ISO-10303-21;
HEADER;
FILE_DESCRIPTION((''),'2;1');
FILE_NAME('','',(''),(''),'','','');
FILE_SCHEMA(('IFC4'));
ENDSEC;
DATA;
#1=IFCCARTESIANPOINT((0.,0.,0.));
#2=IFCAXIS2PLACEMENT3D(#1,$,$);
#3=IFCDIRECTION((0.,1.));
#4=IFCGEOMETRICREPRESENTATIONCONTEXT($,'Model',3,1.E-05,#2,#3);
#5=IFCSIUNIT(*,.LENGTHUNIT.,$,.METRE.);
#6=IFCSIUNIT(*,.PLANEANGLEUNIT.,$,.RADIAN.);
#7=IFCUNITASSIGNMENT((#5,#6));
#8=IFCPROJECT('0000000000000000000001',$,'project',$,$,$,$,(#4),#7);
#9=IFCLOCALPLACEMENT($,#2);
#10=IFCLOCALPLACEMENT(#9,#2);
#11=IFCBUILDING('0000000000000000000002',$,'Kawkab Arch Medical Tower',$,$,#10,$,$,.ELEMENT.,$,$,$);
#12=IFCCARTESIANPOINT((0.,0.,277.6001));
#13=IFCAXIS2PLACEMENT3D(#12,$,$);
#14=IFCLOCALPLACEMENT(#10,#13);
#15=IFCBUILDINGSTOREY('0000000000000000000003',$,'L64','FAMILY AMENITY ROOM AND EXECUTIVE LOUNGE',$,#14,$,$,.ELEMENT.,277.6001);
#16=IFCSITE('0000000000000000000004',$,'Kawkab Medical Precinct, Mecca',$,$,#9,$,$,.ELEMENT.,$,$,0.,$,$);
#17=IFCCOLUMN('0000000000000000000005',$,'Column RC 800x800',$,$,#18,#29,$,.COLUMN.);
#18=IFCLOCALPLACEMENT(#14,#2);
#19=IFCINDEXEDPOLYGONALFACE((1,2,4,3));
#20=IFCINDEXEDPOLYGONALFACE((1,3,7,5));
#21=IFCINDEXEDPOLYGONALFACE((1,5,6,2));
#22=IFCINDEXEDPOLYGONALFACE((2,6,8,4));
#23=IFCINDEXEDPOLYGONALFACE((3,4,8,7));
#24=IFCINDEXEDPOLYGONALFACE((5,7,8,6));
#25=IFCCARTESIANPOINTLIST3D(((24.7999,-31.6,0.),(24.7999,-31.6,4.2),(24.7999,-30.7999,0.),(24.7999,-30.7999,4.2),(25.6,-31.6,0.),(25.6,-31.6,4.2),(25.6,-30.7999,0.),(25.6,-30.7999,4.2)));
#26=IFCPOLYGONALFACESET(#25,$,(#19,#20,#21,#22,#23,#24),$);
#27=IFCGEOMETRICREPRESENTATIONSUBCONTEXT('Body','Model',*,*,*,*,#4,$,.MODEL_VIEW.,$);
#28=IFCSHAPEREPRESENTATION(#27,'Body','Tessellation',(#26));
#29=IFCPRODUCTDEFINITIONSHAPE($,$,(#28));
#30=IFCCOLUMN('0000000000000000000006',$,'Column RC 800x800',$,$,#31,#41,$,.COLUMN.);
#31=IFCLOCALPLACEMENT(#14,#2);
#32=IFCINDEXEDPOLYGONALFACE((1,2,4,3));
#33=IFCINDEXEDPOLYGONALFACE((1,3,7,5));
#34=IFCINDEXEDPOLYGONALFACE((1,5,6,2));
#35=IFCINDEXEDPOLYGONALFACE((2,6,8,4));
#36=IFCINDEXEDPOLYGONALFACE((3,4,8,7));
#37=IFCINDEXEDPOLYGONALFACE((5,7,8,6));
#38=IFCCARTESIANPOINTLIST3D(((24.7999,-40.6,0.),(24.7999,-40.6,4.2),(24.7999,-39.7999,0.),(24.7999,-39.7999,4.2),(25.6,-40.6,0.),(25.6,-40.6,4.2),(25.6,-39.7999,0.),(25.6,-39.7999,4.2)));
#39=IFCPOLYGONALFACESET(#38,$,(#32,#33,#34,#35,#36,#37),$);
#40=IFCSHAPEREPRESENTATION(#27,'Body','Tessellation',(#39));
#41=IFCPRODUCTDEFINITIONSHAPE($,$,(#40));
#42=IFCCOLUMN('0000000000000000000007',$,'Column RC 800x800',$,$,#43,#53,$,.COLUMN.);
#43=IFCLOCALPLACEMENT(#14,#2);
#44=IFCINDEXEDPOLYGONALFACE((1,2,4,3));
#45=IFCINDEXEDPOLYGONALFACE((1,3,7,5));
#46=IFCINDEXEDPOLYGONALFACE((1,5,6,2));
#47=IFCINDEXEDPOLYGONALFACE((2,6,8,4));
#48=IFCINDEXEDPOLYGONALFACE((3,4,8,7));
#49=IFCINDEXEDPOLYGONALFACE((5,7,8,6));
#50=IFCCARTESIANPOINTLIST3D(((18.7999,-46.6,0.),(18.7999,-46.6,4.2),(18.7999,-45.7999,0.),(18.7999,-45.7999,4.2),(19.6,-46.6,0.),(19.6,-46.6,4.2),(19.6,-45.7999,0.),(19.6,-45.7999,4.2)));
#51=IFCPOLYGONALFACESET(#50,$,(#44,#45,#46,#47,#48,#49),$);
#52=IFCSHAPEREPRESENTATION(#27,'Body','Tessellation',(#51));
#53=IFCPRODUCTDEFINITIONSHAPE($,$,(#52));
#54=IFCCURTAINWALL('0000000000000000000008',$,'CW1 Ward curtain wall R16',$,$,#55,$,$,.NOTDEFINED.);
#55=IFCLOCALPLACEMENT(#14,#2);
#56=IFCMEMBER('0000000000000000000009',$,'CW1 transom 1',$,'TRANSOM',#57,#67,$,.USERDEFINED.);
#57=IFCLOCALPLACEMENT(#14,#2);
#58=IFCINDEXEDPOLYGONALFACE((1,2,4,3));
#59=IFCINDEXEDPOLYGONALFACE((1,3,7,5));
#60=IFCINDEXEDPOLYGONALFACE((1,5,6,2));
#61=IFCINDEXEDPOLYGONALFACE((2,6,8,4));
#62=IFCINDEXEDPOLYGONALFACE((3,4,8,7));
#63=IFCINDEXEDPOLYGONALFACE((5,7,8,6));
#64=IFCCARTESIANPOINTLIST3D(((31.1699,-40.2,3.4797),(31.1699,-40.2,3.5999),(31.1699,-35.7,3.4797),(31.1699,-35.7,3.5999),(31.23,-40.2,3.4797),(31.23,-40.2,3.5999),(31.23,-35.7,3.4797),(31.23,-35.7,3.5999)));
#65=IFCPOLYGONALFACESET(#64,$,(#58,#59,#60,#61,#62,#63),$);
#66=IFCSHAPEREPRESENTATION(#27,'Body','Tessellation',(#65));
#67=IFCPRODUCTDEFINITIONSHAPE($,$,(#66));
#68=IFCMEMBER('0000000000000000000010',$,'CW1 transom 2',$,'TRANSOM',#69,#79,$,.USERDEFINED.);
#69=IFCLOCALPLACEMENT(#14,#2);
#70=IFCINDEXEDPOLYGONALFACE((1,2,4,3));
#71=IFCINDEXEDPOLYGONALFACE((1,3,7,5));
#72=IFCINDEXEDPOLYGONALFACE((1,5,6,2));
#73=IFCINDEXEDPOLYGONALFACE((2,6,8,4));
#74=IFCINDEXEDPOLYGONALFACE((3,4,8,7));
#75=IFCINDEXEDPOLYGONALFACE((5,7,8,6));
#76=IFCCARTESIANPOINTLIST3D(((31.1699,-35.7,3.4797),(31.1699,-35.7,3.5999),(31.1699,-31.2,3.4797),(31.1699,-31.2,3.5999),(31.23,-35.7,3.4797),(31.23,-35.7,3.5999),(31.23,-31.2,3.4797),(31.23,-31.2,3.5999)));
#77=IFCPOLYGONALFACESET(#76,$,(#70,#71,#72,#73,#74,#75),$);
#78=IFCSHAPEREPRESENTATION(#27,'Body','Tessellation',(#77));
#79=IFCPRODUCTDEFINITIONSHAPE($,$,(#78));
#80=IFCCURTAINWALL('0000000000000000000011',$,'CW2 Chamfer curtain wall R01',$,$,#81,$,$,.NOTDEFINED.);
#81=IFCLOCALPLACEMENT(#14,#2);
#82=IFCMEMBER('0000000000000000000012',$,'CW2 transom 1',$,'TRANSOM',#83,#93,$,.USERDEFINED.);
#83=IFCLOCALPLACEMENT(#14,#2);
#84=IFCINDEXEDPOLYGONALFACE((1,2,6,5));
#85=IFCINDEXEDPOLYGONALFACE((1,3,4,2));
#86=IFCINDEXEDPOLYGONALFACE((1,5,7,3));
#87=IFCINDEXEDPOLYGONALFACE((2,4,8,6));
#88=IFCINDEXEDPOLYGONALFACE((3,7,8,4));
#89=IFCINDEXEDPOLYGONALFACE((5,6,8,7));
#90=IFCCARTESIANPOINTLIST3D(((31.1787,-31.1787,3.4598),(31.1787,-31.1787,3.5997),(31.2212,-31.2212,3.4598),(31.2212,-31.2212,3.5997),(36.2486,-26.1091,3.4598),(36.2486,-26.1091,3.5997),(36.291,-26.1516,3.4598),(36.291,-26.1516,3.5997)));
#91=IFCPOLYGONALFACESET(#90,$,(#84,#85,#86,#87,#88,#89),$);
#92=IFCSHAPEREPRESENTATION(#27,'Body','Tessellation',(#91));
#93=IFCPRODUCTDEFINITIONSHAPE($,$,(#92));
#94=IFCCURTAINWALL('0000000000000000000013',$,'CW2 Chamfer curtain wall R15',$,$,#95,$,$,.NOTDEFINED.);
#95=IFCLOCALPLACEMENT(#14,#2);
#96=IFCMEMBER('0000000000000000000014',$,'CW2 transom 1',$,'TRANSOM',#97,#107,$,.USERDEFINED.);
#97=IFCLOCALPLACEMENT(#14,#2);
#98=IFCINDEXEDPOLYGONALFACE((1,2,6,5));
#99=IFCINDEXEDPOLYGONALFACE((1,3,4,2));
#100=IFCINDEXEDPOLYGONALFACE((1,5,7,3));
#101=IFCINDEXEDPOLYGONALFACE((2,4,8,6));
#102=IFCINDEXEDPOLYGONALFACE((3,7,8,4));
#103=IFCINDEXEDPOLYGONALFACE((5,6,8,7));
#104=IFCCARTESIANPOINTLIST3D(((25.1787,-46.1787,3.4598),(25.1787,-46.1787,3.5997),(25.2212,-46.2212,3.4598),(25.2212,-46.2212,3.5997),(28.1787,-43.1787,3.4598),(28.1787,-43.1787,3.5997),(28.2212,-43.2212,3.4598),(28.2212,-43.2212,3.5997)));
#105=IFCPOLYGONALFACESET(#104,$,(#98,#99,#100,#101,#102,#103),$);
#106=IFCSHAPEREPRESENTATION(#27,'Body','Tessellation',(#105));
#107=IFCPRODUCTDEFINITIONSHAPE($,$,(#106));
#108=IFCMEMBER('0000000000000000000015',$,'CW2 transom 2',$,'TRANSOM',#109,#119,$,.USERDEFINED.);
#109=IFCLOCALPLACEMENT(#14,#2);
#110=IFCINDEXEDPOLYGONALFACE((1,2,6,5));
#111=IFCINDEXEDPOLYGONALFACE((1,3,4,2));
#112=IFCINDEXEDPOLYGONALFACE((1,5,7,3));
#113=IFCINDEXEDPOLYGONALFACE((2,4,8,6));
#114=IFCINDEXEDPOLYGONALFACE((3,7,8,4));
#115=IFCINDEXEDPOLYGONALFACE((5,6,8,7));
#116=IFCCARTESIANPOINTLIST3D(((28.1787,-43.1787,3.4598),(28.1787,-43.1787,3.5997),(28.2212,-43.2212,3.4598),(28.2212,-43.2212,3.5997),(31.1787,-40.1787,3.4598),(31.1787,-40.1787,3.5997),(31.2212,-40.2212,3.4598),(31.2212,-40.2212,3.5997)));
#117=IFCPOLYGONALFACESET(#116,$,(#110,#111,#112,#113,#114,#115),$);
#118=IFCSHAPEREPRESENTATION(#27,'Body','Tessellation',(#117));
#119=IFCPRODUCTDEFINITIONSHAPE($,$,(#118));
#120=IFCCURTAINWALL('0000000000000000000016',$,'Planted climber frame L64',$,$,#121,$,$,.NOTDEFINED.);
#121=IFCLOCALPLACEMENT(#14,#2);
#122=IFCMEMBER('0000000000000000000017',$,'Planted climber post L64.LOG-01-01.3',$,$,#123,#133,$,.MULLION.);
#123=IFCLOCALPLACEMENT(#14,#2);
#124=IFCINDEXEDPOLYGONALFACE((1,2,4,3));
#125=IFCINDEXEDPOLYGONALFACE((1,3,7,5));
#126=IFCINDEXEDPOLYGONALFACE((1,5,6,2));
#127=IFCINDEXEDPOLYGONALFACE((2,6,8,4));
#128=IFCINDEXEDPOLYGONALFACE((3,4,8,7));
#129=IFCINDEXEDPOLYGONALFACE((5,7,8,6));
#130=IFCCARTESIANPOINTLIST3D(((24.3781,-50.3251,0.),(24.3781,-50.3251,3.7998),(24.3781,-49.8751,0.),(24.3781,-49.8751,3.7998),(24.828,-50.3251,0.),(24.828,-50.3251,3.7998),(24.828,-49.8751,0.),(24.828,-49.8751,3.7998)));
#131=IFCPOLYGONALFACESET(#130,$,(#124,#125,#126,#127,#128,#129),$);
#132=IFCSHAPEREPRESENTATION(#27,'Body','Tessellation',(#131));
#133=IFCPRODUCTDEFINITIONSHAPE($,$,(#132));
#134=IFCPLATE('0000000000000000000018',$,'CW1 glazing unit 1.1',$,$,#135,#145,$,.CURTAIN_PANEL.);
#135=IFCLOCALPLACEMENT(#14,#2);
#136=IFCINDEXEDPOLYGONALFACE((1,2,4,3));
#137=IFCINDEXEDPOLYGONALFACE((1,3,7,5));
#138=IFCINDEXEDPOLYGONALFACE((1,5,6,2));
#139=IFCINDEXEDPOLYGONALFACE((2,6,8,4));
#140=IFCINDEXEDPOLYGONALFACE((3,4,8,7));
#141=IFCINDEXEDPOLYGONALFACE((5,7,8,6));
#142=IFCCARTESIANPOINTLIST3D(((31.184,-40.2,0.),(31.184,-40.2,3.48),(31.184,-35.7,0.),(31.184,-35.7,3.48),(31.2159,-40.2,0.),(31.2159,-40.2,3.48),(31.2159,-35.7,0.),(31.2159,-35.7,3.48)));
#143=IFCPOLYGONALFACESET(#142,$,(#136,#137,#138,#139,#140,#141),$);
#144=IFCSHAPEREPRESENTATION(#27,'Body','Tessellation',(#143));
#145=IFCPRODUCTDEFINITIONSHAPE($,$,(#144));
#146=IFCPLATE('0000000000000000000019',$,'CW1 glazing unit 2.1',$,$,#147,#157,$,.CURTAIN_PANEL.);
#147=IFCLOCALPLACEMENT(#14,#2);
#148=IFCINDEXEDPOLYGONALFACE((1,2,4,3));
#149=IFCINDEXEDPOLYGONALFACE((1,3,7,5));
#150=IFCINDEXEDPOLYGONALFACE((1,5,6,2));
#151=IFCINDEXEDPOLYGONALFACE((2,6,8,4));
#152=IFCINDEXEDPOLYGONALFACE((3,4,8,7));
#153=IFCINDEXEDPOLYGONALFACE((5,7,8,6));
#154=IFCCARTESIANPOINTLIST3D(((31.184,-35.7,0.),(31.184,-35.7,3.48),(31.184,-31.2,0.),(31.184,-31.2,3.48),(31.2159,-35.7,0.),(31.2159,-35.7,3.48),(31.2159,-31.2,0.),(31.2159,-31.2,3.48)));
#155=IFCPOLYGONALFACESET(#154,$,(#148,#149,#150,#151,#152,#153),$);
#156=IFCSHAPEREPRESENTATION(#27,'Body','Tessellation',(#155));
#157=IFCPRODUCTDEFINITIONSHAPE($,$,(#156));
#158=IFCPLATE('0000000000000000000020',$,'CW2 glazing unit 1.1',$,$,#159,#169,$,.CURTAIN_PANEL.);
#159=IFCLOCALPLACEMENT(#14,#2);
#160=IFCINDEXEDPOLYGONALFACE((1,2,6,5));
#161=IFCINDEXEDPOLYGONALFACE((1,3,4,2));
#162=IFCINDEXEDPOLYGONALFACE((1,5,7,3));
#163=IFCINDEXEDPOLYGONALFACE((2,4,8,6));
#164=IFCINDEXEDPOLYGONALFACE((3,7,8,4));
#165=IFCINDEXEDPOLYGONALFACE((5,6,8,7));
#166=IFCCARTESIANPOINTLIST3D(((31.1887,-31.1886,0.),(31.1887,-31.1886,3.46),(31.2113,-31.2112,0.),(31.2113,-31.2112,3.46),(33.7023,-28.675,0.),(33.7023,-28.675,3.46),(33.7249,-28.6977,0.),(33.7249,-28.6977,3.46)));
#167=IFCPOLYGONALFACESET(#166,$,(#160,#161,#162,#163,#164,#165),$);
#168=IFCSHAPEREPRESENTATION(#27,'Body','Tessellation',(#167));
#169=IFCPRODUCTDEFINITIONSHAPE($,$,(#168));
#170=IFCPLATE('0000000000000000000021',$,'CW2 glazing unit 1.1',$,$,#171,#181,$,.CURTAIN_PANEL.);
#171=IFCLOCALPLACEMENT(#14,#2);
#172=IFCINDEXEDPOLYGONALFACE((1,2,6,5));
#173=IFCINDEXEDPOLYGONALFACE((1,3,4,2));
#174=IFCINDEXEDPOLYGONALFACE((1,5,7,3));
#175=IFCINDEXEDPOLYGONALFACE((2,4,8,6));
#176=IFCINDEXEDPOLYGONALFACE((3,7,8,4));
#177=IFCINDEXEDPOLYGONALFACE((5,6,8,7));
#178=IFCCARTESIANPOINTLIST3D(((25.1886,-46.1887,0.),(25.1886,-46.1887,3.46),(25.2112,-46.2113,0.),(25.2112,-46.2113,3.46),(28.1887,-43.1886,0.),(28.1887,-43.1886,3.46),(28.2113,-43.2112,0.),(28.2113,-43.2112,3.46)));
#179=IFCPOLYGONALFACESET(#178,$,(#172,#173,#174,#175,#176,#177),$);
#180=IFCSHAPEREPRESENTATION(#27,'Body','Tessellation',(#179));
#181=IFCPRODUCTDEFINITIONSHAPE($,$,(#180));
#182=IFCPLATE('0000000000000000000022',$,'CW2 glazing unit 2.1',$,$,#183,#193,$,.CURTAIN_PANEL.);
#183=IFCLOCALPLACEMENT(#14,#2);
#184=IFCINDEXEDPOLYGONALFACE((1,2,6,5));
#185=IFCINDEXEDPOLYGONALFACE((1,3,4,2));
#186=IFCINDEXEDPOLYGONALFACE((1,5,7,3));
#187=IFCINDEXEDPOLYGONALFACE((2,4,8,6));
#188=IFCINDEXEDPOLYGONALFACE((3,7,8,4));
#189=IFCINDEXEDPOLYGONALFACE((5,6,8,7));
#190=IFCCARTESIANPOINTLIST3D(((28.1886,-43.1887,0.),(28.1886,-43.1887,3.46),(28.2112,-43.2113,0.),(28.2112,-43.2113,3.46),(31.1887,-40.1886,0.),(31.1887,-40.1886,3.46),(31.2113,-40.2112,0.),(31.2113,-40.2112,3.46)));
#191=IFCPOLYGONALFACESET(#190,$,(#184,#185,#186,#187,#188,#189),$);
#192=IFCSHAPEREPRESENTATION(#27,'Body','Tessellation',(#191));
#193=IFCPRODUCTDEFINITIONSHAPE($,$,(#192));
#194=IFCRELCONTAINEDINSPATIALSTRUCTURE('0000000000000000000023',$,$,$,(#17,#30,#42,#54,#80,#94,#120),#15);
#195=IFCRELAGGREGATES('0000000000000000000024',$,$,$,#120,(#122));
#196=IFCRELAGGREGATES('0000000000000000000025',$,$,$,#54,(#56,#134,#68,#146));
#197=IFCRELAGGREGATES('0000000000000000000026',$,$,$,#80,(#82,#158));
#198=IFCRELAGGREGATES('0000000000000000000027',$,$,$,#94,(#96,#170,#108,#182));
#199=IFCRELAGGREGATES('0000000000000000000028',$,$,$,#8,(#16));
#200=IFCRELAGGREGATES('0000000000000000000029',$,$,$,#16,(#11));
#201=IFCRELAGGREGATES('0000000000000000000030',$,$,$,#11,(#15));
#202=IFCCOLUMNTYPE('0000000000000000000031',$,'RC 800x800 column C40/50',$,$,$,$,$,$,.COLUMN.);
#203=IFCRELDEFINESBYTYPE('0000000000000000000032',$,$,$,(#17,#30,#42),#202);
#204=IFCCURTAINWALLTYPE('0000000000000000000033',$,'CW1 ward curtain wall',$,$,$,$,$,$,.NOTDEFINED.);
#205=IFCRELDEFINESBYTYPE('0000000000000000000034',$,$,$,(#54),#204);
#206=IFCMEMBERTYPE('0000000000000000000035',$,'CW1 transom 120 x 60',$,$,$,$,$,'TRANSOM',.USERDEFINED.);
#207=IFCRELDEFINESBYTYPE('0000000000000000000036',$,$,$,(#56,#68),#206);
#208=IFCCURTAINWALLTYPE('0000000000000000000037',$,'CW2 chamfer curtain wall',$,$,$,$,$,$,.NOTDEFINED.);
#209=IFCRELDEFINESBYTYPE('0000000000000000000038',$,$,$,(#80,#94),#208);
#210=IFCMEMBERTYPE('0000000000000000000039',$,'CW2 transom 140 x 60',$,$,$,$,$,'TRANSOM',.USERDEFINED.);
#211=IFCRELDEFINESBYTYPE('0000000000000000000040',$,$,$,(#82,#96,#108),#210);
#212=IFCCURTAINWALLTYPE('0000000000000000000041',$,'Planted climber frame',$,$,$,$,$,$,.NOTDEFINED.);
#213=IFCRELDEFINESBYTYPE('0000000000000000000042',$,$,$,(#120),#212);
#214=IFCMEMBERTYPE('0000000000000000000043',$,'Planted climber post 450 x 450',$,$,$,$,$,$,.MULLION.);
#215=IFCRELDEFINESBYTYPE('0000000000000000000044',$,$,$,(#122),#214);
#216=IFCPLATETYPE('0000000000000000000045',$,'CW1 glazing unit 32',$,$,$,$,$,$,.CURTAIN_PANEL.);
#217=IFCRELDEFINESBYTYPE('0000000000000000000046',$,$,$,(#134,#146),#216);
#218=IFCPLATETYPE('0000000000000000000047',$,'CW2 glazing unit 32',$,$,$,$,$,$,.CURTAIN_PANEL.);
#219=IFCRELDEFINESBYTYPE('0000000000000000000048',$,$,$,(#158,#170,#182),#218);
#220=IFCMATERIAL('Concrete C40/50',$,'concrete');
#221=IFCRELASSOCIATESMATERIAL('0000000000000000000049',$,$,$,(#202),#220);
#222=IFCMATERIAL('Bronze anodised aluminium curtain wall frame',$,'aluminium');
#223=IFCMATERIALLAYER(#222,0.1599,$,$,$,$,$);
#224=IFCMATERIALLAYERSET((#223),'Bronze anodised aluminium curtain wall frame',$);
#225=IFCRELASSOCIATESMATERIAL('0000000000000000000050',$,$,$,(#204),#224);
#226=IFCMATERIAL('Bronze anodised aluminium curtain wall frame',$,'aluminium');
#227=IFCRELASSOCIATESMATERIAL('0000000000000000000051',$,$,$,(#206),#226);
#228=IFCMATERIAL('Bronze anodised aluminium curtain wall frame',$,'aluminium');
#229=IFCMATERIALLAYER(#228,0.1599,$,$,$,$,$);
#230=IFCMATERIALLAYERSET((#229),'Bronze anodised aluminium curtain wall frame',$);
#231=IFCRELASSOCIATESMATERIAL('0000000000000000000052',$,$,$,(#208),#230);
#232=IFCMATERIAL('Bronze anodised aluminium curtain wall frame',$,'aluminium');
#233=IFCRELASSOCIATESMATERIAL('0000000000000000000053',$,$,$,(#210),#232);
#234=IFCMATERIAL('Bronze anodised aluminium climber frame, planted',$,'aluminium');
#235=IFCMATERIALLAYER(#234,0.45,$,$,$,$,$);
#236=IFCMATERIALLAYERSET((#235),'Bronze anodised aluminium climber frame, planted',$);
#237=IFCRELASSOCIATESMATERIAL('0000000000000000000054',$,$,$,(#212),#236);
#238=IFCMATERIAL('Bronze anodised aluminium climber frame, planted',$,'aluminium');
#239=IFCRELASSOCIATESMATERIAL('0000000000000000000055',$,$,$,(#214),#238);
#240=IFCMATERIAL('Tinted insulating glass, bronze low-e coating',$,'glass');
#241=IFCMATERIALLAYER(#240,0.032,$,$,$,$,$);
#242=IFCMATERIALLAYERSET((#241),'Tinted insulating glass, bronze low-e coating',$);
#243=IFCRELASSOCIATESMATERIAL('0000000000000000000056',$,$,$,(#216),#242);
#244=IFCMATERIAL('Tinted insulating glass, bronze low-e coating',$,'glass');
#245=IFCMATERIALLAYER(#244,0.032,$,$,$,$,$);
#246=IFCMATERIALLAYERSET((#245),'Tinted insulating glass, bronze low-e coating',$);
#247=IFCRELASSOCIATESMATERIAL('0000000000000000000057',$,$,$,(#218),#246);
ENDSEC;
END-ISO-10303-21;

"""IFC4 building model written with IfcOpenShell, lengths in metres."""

from ifc_helpers import new_model, si_unit, direction, frame, origin, origin_2d, place, context, subcontext, project, spatial, rectangle, extrude, material, layer, layer_set, material_profile, profile_set, type_object, element, aggregate, save


model = new_model("IFC4")

# Units and contexts
model_context = context("Model", 3, precision=1e-05, world=origin(), true_north=direction((0.0, 1.0)))
body_context = subcontext(model_context, "Body", "Model", "MODEL_VIEW")
ifc_project = project(units=[si_unit("LENGTHUNIT", "METRE"), si_unit("PLANEANGLEUNIT", "RADIAN")], contexts=[model_context])

# Site, building, storey
site_placement = place(None, origin())
site = spatial("IfcSite", under=ifc_project, at=site_placement, Name="Kawkab Medical Precinct, Mecca", CompositionType="ELEMENT", RefElevation=0.0)
building_placement = place(site_placement, origin())
building = spatial("IfcBuilding", under=site, at=building_placement, Name="Kawkab Arch Medical Tower", CompositionType="ELEMENT")
storey_placement = place(building_placement, frame((0.0, 0.0, 277.6001)))
storey = spatial("IfcBuildingStorey", under=building, at=storey_placement, Name="L64", Description="FAMILY AMENITY ROOM AND EXECUTIVE LOUNGE", CompositionType="ELEMENT", Elevation=277.6001)

# Columns
ifc_material_1 = material(Name="Concrete C40/50", Category="concrete")
ifc_material_profile_1 = material_profile(ifc_material_1, rectangle(XDim=0.8, YDim=0.8, at=origin_2d()), Name="RC 800x800")
ifc_profile_set_1 = profile_set([ifc_material_profile_1], Name="Concrete C40/50")
column_type = type_object("IfcColumnType", Name="RC 800x800 column C40/50", PredefinedType="COLUMN", material=ifc_profile_set_1)
for number, where, z_axis, x_axis, name in (
    (1, (25.2, -31.2, 0.0), (0.0, 0.0, 1.0), (1.0, 0.0, 0.0), "Column RC 800x800"),
    (2, (25.2, -40.2, 0.0), (0.0, 0.0, 1.0), (1.0, 0.0, 0.0), "Column RC 800x800"),
    (3, (19.2, -46.2, 0.0), (0.0, 0.0, 1.0), (1.0, 0.0, 0.0), "Column RC 800x800"),
):
    element("IfcColumn", number, at=place(storey_placement, frame(where, z_axis=z_axis, x_axis=x_axis)), inside=storey, type_object=column_type, Name=name, PredefinedType="COLUMN", context=body_context, shape_type="SweptSolid", body=[
        extrude(rectangle(XDim=0.8, YDim=0.8, at=origin_2d()), origin(), (0.0, 0.0, 1.0), 4.2),
    ])

# Curtain wall, members
ifc_material_2 = material(Name="Bronze anodised aluminium curtain wall frame", Category="aluminium")
ifc_layer_1 = layer(ifc_material_2, 0.1599)
ifc_layer_set_1 = layer_set([ifc_layer_1], Name="Bronze anodised aluminium curtain wall frame")
curtain_wall_type_1 = type_object("IfcCurtainWallType", Name="CW1 ward curtain wall", PredefinedType="NOTDEFINED", material=ifc_layer_set_1)
placement = place(storey_placement, origin())
curtain_wall_1 = element("IfcCurtainWall", 4, at=placement, inside=storey, type_object=curtain_wall_type_1, Name="CW1 Ward curtain wall R16", PredefinedType="NOTDEFINED")
ifc_material_3 = material(Name="Bronze anodised aluminium curtain wall frame", Category="aluminium")
ifc_material_profile_2 = material_profile(ifc_material_3, rectangle(XDim=0.0601, YDim=0.1201, at=origin_2d()), Name="AL 60x120")
ifc_profile_set_2 = profile_set([ifc_material_profile_2], Name="Bronze anodised aluminium curtain wall frame")
member_type_1 = type_object("IfcMemberType", Name="CW1 transom 120 x 60", ElementType="TRANSOM", PredefinedType="USERDEFINED", material=ifc_profile_set_2)
member_1_placement = place(storey_placement, frame((31.2, -40.2, 3.5398), z_axis=(0.0, 1.0, 0.0), x_axis=(-1.0, 0.0, 0.0)))
member_1 = element("IfcMember", 5, at=member_1_placement, type_object=member_type_1, Name="CW1 transom 1", ObjectType="TRANSOM", PredefinedType="USERDEFINED", context=body_context, shape_type="SweptSolid", body=[
    extrude(rectangle(XDim=0.0601, YDim=0.1201, at=origin_2d()), origin(), (0.0, 0.0, 1.0), 4.5),
])
member_2_placement = place(storey_placement, frame((31.2, -35.7, 3.5398), z_axis=(0.0, 1.0, 0.0), x_axis=(-1.0, 0.0, 0.0)))
member_2 = element("IfcMember", 6, at=member_2_placement, type_object=member_type_1, Name="CW1 transom 2", ObjectType="TRANSOM", PredefinedType="USERDEFINED", context=body_context, shape_type="SweptSolid", body=[
    extrude(rectangle(XDim=0.0601, YDim=0.1201, at=origin_2d()), origin(), (0.0, 0.0, 1.0), 4.5),
])

# Curtain wall, member
ifc_material_4 = material(Name="Bronze anodised aluminium curtain wall frame", Category="aluminium")
ifc_layer_2 = layer(ifc_material_4, 0.1599)
ifc_layer_set_2 = layer_set([ifc_layer_2], Name="Bronze anodised aluminium curtain wall frame")
curtain_wall_type_2 = type_object("IfcCurtainWallType", Name="CW2 chamfer curtain wall", PredefinedType="NOTDEFINED", material=ifc_layer_set_2)
curtain_wall_2 = element("IfcCurtainWall", 7, at=placement, inside=storey, type_object=curtain_wall_type_2, Name="CW2 Chamfer curtain wall R01", PredefinedType="NOTDEFINED")
ifc_material_5 = material(Name="Bronze anodised aluminium curtain wall frame", Category="aluminium")
ifc_material_profile_3 = material_profile(ifc_material_5, rectangle(XDim=0.0601, YDim=0.1399, at=origin_2d()), Name="AL 60x140")
ifc_profile_set_3 = profile_set([ifc_material_profile_3], Name="Bronze anodised aluminium curtain wall frame")
member_type_2 = type_object("IfcMemberType", Name="CW2 transom 140 x 60", ElementType="TRANSOM", PredefinedType="USERDEFINED", material=ifc_profile_set_3)
member_3_placement = place(storey_placement, frame((31.2, -31.2, 3.5298), z_axis=(0.707124, 0.70709, 0.0), x_axis=(-0.70709, 0.707124, 0.0)))
member_3 = element("IfcMember", 8, at=member_3_placement, type_object=member_type_2, Name="CW2 transom 1", ObjectType="TRANSOM", PredefinedType="USERDEFINED", context=body_context, shape_type="SweptSolid", body=[
    extrude(rectangle(XDim=0.0601, YDim=0.1399, at=origin_2d()), origin(), (0.0, 0.0, 1.0), 7.1697),
])

# Curtain wall, members
curtain_wall_3 = element("IfcCurtainWall", 9, at=placement, inside=storey, type_object=curtain_wall_type_2, Name="CW2 Chamfer curtain wall R15", PredefinedType="NOTDEFINED")
member_4_placement = place(storey_placement, frame((25.2, -46.2, 3.5298), z_axis=(0.707107, 0.707107, 0.0), x_axis=(-0.707107, 0.707107, 0.0)))
member_4 = element("IfcMember", 10, at=member_4_placement, type_object=member_type_2, Name="CW2 transom 1", ObjectType="TRANSOM", PredefinedType="USERDEFINED", context=body_context, shape_type="SweptSolid", body=[
    extrude(rectangle(XDim=0.0601, YDim=0.1399, at=origin_2d()), origin(), (0.0, 0.0, 1.0), 4.2427),
])
member_5_placement = place(storey_placement, frame((28.2, -43.2, 3.5298), z_axis=(0.707107, 0.707107, 0.0), x_axis=(-0.707107, 0.707107, 0.0)))
member_5 = element("IfcMember", 11, at=member_5_placement, type_object=member_type_2, Name="CW2 transom 2", ObjectType="TRANSOM", PredefinedType="USERDEFINED", context=body_context, shape_type="SweptSolid", body=[
    extrude(rectangle(XDim=0.0601, YDim=0.1399, at=origin_2d()), origin(), (0.0, 0.0, 1.0), 4.2427),
])

# Curtain wall, member
ifc_material_6 = material(Name="Bronze anodised aluminium climber frame, planted", Category="aluminium")
ifc_layer_3 = layer(ifc_material_6, 0.45)
ifc_layer_set_3 = layer_set([ifc_layer_3], Name="Bronze anodised aluminium climber frame, planted")
curtain_wall_type_3 = type_object("IfcCurtainWallType", Name="Planted climber frame", PredefinedType="NOTDEFINED", material=ifc_layer_set_3)
curtain_wall_4 = element("IfcCurtainWall", 12, at=placement, inside=storey, type_object=curtain_wall_type_3, Name="Planted climber frame L64", PredefinedType="NOTDEFINED")
ifc_material_7 = material(Name="Bronze anodised aluminium climber frame, planted", Category="aluminium")
ifc_material_profile_4 = material_profile(ifc_material_7, rectangle(XDim=0.45, YDim=0.45, at=origin_2d()), Name="Post 450x450")
ifc_profile_set_4 = profile_set([ifc_material_profile_4], Name="Bronze anodised aluminium climber frame, planted")
member_type_3 = type_object("IfcMemberType", Name="Planted climber post 450 x 450", PredefinedType="MULLION", material=ifc_profile_set_4)
member_6_placement = place(storey_placement, frame((24.603, -50.1001, 0.0), z_axis=(0.0, 0.0, 1.0), x_axis=(1.0, 0.0, 0.0)))
member_6 = element("IfcMember", 13, at=member_6_placement, type_object=member_type_3, Name="Planted climber post L64.LOG-01-01.3", PredefinedType="MULLION", context=body_context, shape_type="SweptSolid", body=[
    extrude(rectangle(XDim=0.45, YDim=0.45, at=origin_2d()), origin(), (0.0, 0.0, 1.0), 3.7998),
])
aggregate(curtain_wall_4, [member_6])

# Plates
ifc_material_8 = material(Name="Tinted insulating glass, bronze low-e coating", Category="glass")
ifc_layer_4 = layer(ifc_material_8, 0.032)
ifc_layer_set_4 = layer_set([ifc_layer_4], Name="Tinted insulating glass, bronze low-e coating")
plate_type_1 = type_object("IfcPlateType", Name="CW1 glazing unit 32", PredefinedType="CURTAIN_PANEL", material=ifc_layer_set_4)
plate_1_placement = place(storey_placement, frame((31.2, -37.95, 0.0), z_axis=(0.0, 0.0, 1.0), x_axis=(0.0, 1.0, 0.0)))
plate_1 = element("IfcPlate", 14, at=plate_1_placement, type_object=plate_type_1, Name="CW1 glazing unit 1.1", PredefinedType="CURTAIN_PANEL", context=body_context, shape_type="SweptSolid", body=[
    extrude(rectangle(XDim=4.5, YDim=0.032, at=origin_2d()), origin(), (0.0, 0.0, 1.0), 3.48),
])
plate_2_placement = place(storey_placement, frame((31.2, -33.45, 0.0), z_axis=(0.0, 0.0, 1.0), x_axis=(0.0, 1.0, 0.0)))
plate_2 = element("IfcPlate", 15, at=plate_2_placement, type_object=plate_type_1, Name="CW1 glazing unit 2.1", PredefinedType="CURTAIN_PANEL", context=body_context, shape_type="SweptSolid", body=[
    extrude(rectangle(XDim=4.5, YDim=0.032, at=origin_2d()), origin(), (0.0, 0.0, 1.0), 3.48),
])
aggregate(curtain_wall_1, [member_1, plate_1, member_2, plate_2])
ifc_material_9 = material(Name="Tinted insulating glass, bronze low-e coating", Category="glass")
ifc_layer_5 = layer(ifc_material_9, 0.032)
ifc_layer_set_5 = layer_set([ifc_layer_5], Name="Tinted insulating glass, bronze low-e coating")
plate_type_2 = type_object("IfcPlateType", Name="CW2 glazing unit 32", PredefinedType="CURTAIN_PANEL", material=ifc_layer_set_5)
plate_3_placement = place(storey_placement, frame((32.4568, -29.9431, 0.0), z_axis=(0.0, 0.0, 1.0), x_axis=(0.707107, 0.707107, 0.0)))
plate_3 = element("IfcPlate", 16, at=plate_3_placement, type_object=plate_type_2, Name="CW2 glazing unit 1.1", PredefinedType="CURTAIN_PANEL", context=body_context, shape_type="SweptSolid", body=[
    extrude(rectangle(XDim=3.5547, YDim=0.032, at=origin_2d()), origin(), (0.0, 0.0, 1.0), 3.46),
])
aggregate(curtain_wall_2, [member_3, plate_3])
plate_4_placement = place(storey_placement, frame((26.7, -44.7, 0.0), z_axis=(0.0, 0.0, 1.0), x_axis=(0.707107, 0.707107, 0.0)))
plate_4 = element("IfcPlate", 17, at=plate_4_placement, type_object=plate_type_2, Name="CW2 glazing unit 1.1", PredefinedType="CURTAIN_PANEL", context=body_context, shape_type="SweptSolid", body=[
    extrude(rectangle(XDim=4.2427, YDim=0.032, at=origin_2d()), origin(), (0.0, 0.0, 1.0), 3.46),
])
plate_5_placement = place(storey_placement, frame((29.7, -41.7, 0.0), z_axis=(0.0, 0.0, 1.0), x_axis=(0.707107, 0.707107, 0.0)))
plate_5 = element("IfcPlate", 18, at=plate_5_placement, type_object=plate_type_2, Name="CW2 glazing unit 2.1", PredefinedType="CURTAIN_PANEL", context=body_context, shape_type="SweptSolid", body=[
    extrude(rectangle(XDim=4.2427, YDim=0.032, at=origin_2d()), origin(), (0.0, 0.0, 1.0), 3.46),
])
aggregate(curtain_wall_3, [member_4, plate_4, member_5, plate_5])

save(model, "model.ifc")
